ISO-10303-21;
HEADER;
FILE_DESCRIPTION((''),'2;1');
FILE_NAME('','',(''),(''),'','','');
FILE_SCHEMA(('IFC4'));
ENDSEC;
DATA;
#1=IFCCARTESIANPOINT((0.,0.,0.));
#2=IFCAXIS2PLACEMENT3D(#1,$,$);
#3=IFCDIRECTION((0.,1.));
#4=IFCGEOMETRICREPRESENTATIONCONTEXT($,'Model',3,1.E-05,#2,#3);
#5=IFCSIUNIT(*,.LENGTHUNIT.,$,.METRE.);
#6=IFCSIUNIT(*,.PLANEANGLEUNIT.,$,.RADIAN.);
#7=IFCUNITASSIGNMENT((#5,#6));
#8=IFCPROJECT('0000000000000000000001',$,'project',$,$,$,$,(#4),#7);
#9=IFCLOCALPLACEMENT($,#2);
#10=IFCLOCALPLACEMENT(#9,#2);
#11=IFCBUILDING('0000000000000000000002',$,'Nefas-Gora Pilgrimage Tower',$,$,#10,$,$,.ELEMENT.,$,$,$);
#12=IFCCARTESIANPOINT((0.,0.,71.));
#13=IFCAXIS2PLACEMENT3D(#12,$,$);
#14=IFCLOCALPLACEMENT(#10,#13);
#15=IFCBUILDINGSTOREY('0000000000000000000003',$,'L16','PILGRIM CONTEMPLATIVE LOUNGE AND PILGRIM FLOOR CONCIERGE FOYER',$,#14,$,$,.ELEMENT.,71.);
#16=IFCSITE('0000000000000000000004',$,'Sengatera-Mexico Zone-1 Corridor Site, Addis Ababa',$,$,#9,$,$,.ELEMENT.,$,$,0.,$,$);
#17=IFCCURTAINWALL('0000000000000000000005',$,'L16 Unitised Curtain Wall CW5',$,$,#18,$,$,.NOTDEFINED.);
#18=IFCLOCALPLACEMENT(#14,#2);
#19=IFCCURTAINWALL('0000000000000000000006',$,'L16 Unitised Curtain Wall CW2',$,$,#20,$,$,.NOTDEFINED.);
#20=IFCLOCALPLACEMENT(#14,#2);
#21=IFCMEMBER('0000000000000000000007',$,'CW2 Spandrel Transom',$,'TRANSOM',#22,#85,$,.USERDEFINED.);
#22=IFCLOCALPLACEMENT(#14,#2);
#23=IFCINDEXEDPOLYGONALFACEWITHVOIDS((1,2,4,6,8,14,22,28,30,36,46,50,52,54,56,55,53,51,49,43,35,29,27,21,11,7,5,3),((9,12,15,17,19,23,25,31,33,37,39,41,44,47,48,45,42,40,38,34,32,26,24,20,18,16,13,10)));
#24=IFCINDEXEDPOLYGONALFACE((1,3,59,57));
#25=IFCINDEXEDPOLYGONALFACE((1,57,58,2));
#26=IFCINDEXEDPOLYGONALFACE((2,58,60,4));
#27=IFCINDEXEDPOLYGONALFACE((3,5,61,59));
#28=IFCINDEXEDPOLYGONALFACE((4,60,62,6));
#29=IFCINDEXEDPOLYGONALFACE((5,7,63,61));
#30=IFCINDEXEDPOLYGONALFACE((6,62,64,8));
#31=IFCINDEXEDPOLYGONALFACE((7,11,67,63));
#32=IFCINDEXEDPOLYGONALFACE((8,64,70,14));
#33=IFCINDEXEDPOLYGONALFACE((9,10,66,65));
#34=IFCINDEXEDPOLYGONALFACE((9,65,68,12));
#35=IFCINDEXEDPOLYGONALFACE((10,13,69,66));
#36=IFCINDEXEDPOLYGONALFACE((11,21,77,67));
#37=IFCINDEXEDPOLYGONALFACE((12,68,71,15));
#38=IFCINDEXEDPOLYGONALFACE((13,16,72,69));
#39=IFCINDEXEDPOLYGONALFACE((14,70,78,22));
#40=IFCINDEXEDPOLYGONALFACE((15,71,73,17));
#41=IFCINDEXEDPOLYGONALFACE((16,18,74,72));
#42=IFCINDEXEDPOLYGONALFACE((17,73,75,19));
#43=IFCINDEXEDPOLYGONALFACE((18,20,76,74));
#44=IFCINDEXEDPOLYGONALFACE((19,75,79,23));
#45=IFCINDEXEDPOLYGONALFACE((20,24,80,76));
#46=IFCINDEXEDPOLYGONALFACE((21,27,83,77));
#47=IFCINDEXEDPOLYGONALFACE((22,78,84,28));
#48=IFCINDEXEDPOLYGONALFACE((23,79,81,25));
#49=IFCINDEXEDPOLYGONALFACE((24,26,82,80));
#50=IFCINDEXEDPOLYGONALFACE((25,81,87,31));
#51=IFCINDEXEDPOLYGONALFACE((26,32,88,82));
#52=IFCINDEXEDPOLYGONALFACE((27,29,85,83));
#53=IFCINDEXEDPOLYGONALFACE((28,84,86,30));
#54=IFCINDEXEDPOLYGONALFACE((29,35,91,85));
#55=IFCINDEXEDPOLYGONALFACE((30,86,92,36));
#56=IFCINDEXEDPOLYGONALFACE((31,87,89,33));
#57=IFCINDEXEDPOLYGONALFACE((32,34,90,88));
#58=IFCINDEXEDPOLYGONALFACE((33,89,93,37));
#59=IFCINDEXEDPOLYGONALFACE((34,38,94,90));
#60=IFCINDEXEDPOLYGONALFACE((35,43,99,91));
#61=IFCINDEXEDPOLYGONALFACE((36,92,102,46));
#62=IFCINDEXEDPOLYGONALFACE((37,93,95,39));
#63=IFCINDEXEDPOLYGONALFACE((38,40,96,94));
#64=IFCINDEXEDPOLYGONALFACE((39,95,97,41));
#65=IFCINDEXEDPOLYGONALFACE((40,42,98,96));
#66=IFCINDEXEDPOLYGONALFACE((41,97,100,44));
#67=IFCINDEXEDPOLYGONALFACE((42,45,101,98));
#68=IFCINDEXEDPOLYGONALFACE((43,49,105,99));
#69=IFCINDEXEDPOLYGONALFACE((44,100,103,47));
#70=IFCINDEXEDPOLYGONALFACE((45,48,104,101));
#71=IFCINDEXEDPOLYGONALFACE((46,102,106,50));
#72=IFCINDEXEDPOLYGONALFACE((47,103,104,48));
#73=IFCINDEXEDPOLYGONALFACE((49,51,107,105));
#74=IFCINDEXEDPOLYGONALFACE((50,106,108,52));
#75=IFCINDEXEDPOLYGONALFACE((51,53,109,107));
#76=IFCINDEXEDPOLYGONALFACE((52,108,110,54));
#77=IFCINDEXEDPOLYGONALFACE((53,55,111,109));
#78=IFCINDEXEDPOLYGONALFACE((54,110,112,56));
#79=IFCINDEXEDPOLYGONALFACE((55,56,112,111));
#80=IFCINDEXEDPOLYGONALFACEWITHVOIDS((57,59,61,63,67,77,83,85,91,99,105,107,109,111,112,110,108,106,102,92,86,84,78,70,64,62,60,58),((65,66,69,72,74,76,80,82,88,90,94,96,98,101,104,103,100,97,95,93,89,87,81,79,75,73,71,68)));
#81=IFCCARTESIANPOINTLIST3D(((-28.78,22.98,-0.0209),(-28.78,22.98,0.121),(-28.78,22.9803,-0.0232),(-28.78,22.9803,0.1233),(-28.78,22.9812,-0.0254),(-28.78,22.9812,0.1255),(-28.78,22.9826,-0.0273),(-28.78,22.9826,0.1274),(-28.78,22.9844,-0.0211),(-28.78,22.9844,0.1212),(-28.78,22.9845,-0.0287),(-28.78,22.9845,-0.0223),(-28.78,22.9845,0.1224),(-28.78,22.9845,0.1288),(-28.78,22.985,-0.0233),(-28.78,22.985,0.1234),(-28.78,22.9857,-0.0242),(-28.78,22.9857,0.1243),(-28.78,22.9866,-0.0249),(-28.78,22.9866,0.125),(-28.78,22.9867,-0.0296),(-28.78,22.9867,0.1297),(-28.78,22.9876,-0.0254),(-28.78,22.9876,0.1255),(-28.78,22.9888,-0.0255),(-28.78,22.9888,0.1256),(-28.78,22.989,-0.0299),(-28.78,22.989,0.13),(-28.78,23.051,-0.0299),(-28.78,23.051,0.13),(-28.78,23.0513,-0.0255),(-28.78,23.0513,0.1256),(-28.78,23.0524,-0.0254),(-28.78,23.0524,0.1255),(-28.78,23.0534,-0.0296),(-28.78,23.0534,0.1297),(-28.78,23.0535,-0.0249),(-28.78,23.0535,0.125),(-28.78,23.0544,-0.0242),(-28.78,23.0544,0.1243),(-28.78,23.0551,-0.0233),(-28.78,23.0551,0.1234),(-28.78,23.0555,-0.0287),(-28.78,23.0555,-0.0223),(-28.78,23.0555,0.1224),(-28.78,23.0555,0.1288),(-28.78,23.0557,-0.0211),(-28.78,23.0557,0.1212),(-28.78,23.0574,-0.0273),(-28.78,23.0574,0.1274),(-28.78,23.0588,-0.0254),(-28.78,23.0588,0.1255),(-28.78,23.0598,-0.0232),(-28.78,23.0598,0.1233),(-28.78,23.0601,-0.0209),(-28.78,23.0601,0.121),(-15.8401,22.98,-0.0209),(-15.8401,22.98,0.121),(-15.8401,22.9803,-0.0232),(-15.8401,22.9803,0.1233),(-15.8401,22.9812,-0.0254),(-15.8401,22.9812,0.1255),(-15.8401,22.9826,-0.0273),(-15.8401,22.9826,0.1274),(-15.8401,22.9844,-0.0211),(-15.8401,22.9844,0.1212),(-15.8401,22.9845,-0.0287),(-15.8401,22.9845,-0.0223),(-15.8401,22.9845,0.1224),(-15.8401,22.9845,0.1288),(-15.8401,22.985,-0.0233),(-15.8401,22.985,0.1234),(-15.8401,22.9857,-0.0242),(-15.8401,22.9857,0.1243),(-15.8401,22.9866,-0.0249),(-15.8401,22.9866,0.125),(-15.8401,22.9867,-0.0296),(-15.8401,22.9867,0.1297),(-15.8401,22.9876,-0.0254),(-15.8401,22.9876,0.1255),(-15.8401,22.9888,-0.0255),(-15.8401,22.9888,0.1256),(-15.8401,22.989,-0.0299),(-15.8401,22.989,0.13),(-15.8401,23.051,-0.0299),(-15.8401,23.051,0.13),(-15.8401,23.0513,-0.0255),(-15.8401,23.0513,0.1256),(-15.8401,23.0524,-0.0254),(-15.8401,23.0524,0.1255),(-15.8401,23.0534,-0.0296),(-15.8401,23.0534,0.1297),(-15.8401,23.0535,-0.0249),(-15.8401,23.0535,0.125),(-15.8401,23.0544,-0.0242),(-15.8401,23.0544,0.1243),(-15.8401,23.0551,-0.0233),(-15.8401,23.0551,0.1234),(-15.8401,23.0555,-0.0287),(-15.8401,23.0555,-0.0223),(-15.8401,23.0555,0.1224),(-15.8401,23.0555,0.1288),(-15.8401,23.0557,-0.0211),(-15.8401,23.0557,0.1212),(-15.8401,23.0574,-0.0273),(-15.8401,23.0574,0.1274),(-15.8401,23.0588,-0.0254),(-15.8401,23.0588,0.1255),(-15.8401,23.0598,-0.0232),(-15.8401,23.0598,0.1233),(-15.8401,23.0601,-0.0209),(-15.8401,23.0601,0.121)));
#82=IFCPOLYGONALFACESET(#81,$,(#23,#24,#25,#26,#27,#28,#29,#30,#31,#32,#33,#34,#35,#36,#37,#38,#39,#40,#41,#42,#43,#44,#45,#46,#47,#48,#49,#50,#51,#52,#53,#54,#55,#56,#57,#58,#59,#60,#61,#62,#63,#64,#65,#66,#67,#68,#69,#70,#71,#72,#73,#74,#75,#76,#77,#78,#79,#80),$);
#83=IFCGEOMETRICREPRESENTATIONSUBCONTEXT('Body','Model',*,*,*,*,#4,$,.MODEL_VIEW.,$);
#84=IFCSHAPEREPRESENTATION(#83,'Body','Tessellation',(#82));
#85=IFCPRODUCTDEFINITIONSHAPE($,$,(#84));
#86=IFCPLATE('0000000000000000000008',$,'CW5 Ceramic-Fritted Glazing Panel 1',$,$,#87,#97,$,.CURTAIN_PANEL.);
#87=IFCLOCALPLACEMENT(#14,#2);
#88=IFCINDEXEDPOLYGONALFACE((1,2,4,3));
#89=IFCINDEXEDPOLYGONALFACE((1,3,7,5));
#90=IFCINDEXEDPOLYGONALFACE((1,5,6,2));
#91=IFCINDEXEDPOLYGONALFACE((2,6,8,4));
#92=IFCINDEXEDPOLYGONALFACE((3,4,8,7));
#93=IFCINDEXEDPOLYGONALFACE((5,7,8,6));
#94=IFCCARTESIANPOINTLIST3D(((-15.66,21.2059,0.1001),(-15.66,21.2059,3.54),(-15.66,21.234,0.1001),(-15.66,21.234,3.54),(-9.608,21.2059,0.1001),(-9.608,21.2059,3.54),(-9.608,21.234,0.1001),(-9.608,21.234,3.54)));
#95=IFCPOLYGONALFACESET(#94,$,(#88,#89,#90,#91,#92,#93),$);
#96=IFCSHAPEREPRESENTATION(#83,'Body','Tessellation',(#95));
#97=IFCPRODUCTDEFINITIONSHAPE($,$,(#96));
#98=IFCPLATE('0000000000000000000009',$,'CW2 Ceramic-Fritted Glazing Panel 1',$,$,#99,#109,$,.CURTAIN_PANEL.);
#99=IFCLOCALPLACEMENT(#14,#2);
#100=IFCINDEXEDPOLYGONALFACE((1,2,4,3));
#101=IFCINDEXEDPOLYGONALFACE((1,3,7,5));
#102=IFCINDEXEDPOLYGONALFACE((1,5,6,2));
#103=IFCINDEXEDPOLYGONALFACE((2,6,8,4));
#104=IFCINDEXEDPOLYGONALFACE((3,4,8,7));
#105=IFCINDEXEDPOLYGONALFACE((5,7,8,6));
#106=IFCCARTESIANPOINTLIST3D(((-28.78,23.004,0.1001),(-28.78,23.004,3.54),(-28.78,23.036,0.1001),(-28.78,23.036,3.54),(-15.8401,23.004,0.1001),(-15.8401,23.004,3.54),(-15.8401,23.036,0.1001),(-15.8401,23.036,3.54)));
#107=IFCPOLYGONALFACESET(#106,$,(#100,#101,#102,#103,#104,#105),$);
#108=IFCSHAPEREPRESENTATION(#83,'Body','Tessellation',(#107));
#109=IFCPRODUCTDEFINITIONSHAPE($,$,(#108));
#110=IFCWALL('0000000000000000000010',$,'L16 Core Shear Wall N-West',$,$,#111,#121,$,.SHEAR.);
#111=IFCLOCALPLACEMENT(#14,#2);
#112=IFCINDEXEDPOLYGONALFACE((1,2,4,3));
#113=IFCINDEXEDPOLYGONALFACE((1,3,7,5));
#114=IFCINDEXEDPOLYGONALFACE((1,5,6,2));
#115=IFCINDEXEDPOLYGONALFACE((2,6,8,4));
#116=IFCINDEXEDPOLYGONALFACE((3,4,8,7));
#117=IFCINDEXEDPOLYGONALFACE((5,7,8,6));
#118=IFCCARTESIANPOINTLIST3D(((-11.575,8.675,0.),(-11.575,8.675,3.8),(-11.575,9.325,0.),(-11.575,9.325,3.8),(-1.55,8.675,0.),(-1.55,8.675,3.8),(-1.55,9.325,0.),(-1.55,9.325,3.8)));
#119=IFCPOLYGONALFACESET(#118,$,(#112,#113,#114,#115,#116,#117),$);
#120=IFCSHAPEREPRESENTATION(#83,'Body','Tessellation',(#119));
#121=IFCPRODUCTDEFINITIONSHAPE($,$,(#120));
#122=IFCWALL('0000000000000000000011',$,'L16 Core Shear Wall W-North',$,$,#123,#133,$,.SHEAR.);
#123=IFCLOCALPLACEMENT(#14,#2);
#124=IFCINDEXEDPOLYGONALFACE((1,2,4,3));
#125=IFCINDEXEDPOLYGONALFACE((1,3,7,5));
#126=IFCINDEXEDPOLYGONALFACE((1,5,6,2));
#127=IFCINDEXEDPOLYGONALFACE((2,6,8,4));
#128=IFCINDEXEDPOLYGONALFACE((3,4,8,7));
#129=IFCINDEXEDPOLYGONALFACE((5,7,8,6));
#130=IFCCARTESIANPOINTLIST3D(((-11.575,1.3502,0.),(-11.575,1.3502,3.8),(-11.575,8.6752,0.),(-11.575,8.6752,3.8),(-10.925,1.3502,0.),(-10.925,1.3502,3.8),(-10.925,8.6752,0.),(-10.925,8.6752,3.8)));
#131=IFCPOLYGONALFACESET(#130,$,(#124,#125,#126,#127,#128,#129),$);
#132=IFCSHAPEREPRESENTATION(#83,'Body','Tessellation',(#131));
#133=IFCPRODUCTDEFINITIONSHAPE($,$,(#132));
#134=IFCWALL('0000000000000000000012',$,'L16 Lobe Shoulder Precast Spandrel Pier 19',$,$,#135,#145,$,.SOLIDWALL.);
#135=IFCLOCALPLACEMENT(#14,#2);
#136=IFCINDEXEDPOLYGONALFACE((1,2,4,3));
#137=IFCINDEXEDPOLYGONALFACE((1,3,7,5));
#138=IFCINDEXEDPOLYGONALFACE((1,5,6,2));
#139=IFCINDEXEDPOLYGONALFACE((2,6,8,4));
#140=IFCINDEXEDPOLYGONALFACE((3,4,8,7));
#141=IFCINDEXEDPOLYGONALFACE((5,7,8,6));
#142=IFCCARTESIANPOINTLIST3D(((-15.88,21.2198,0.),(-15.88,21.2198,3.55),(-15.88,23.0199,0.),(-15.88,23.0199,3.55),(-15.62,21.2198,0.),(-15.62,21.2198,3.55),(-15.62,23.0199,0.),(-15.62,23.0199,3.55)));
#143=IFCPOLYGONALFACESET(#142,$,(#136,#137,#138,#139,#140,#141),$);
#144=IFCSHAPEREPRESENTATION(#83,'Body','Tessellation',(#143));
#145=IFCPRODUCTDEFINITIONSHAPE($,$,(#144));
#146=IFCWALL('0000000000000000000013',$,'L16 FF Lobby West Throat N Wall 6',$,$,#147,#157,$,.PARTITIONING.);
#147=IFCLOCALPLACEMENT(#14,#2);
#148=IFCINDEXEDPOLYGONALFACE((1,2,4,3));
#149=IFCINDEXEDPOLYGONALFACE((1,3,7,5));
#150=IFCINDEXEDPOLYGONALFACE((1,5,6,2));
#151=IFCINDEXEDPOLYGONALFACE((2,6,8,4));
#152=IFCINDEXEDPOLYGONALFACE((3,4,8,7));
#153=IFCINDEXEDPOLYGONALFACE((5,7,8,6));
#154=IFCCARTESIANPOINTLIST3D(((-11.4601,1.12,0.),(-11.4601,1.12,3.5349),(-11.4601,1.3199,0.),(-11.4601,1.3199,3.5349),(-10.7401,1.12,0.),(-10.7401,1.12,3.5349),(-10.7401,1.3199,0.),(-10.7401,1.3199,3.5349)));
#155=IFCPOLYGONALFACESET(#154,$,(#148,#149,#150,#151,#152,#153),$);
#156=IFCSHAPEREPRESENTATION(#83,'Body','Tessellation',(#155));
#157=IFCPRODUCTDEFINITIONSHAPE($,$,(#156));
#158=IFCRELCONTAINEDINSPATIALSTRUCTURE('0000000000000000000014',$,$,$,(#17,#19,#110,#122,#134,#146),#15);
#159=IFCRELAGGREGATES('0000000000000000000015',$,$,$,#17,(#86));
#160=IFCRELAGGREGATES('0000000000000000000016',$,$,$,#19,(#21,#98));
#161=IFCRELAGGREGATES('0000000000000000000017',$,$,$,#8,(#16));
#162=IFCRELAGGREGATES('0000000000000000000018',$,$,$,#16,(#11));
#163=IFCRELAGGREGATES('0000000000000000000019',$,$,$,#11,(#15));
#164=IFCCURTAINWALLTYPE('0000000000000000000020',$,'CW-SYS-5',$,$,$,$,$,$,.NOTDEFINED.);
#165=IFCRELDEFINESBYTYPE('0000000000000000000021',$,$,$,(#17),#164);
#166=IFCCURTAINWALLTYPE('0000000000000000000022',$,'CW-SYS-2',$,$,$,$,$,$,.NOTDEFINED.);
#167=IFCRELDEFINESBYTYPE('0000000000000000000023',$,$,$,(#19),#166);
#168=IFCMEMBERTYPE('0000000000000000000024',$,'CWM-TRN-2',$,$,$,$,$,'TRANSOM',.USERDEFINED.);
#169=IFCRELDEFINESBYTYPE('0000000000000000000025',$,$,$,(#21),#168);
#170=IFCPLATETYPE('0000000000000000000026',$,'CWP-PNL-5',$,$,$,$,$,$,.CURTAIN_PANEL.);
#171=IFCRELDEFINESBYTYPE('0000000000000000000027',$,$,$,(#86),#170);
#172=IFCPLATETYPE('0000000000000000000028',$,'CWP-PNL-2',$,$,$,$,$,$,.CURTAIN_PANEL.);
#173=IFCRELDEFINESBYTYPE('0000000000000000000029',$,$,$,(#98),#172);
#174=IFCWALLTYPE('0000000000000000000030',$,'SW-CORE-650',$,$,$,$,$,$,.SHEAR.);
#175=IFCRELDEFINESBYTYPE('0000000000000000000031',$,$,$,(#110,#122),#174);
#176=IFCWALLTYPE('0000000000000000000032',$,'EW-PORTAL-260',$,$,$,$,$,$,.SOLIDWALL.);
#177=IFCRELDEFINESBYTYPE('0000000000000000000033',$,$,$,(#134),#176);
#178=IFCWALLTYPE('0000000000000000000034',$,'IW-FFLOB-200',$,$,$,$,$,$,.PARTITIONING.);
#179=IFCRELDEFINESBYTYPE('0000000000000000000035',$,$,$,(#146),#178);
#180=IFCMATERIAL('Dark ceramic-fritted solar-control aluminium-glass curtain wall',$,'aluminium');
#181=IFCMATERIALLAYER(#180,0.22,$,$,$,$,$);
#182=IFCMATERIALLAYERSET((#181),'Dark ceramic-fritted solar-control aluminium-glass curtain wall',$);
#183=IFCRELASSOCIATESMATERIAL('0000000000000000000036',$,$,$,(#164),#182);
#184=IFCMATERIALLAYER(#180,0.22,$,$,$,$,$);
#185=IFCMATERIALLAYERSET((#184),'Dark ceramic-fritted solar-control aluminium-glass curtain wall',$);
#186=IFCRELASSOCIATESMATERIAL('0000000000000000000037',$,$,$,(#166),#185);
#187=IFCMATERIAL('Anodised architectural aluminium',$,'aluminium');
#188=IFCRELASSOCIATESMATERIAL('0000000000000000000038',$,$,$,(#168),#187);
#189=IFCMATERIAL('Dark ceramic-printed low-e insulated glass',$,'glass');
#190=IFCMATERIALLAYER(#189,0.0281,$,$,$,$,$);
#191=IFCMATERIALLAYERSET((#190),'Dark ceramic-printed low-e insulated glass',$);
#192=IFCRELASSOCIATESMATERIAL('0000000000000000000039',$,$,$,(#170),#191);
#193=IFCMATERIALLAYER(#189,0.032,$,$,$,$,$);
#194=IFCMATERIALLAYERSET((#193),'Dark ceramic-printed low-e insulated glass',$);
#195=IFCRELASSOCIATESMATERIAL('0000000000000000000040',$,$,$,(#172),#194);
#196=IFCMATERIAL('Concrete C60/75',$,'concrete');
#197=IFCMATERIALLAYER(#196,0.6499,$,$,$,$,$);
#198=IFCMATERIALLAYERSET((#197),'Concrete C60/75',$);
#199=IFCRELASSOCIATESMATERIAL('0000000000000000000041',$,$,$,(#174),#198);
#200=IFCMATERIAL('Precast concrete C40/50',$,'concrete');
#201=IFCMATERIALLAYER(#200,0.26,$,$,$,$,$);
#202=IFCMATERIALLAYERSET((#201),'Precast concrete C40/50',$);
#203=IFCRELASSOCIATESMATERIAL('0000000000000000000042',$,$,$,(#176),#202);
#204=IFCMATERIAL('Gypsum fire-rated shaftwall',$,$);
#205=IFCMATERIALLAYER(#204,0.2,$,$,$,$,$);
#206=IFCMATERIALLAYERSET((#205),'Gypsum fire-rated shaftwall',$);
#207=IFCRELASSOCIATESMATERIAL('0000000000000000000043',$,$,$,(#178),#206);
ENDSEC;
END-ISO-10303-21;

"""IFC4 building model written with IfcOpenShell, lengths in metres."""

from ifc_helpers import new_model, si_unit, direction, frame, frame_2d, origin, origin_2d, place, context, subcontext, project, spatial, rectangle, hollow_rectangle, extrude, source, transform, mapped, material, layer, layer_set, material_profile, profile_set, type_object, element, aggregate, save


model = new_model("IFC4")

# Units and contexts
model_context = context("Model", 3, precision=1e-05, world=origin(), true_north=direction((0.0, 1.0)))
body_context = subcontext(model_context, "Body", "Model", "MODEL_VIEW")
ifc_project = project(units=[si_unit("LENGTHUNIT", "METRE"), si_unit("PLANEANGLEUNIT", "RADIAN")], contexts=[model_context])

# Site, building, storey
site_placement = place(None, origin())
site = spatial("IfcSite", under=ifc_project, at=site_placement, Name="Sengatera-Mexico Zone-1 Corridor Site, Addis Ababa", CompositionType="ELEMENT", RefElevation=0.0)
building_placement = place(site_placement, origin())
building = spatial("IfcBuilding", under=site, at=building_placement, Name="Nefas-Gora Pilgrimage Tower", CompositionType="ELEMENT")
storey_placement = place(building_placement, frame((0.0, 0.0, 71.0)))
storey = spatial("IfcBuildingStorey", under=building, at=storey_placement, Name="L16", Description="PILGRIM CONTEMPLATIVE LOUNGE AND PILGRIM FLOOR CONCIERGE FOYER", CompositionType="ELEMENT", Elevation=71.0)

# Curtain wall
ifc_material_1 = material(Name="Dark ceramic-fritted solar-control aluminium-glass curtain wall", Category="aluminium")
ifc_layer_1 = layer(ifc_material_1, 0.22)
ifc_layer_set_1 = layer_set([ifc_layer_1], Name="Dark ceramic-fritted solar-control aluminium-glass curtain wall")
curtain_wall_type_1 = type_object("IfcCurtainWallType", Name="CW-SYS-5", PredefinedType="NOTDEFINED", material=ifc_layer_set_1)
curtain_wall_1_placement = place(storey_placement, origin())
curtain_wall_1 = element("IfcCurtainWall", 1, at=curtain_wall_1_placement, inside=storey, type_object=curtain_wall_type_1, Name="L16 Unitised Curtain Wall CW5", PredefinedType="NOTDEFINED")
ifc_material_2 = material(Name="Anodised architectural aluminium", Category="aluminium")

# Curtain wall, member
ifc_layer_2 = layer(ifc_material_1, 0.22)
ifc_layer_set_2 = layer_set([ifc_layer_2], Name="Dark ceramic-fritted solar-control aluminium-glass curtain wall")
curtain_wall_type_2 = type_object("IfcCurtainWallType", Name="CW-SYS-2", PredefinedType="NOTDEFINED", material=ifc_layer_set_2)
curtain_wall_2_placement = place(storey_placement, origin())
curtain_wall_2 = element("IfcCurtainWall", 2, at=curtain_wall_2_placement, inside=storey, type_object=curtain_wall_type_2, Name="L16 Unitised Curtain Wall CW2", PredefinedType="NOTDEFINED")
ifc_material_profile_1 = material_profile(ifc_material_2, hollow_rectangle(XDim=0.0801, YDim=0.1599, WallThickness=0.0044, InnerFilletRadius=0.0044, OuterFilletRadius=0.009, at=origin_2d()), Name="ALU TRANSOM 80x160")
ifc_profile_set_1 = profile_set([ifc_material_profile_1], Name="Anodised architectural aluminium")
member_type_1 = type_object("IfcMemberType", Name="CWM-TRN-2", ElementType="TRANSOM", PredefinedType="USERDEFINED", material=ifc_profile_set_1)
shared_shape_1 = source(origin(), body_context, "Body", "SweptSolid", [
    extrude(hollow_rectangle(XDim=0.0801, YDim=0.1599, WallThickness=0.0044, InnerFilletRadius=0.0044, OuterFilletRadius=0.009, at=origin_2d()), origin(), (0.0, 0.0, 1.0), 12.9399),
])
member_1_placement = place(storey_placement, frame((-15.8401, 23.02, 0.05), z_axis=(-1.0, 0.0, 0.0), x_axis=(0.0, -1.0, 0.0)))
member_1 = element("IfcMember", 3, at=member_1_placement, type_object=member_type_1, Name="CW2 Spandrel Transom", ObjectType="TRANSOM", PredefinedType="USERDEFINED", context=body_context, shape_type="MappedRepresentation", body=[
    mapped(shared_shape_1, transform((0.0, 0.0, 0.0), x_axis=(1.0, 0.0, 0.0), y_axis=(0.0, 1.0, 0.0), z_axis=(0.0, 0.0, 1.0), scale=1.0)),
])

# Plates
ifc_material_3 = material(Name="Dark ceramic-printed low-e insulated glass", Category="glass")
ifc_layer_3 = layer(ifc_material_3, 0.0281)
ifc_layer_set_3 = layer_set([ifc_layer_3], Name="Dark ceramic-printed low-e insulated glass")
plate_type_1 = type_object("IfcPlateType", Name="CWP-PNL-5", PredefinedType="CURTAIN_PANEL", material=ifc_layer_set_3)
shared_shape_2 = source(origin(), body_context, "Body", "SweptSolid", [
    extrude(rectangle(XDim=6.052, YDim=0.0281, at=origin_2d()), origin(), (0.0, 0.0, 1.0), 3.4399),
])
plate_1_placement = place(storey_placement, frame((-12.634, 21.22, 0.1001), z_axis=(0.0, 0.0, 1.0), x_axis=(-1.0, 0.0, 0.0)))
plate_1 = element("IfcPlate", 4, at=plate_1_placement, type_object=plate_type_1, Name="CW5 Ceramic-Fritted Glazing Panel 1", PredefinedType="CURTAIN_PANEL", context=body_context, shape_type="MappedRepresentation", body=[
    mapped(shared_shape_2, transform((0.0, 0.0, 0.0), x_axis=(1.0, 0.0, 0.0), y_axis=(0.0, 1.0, 0.0), z_axis=(0.0, 0.0, 1.0), scale=1.0)),
])
aggregate(curtain_wall_1, [plate_1])
ifc_layer_4 = layer(ifc_material_3, 0.032)
ifc_layer_set_4 = layer_set([ifc_layer_4], Name="Dark ceramic-printed low-e insulated glass")
plate_type_2 = type_object("IfcPlateType", Name="CWP-PNL-2", PredefinedType="CURTAIN_PANEL", material=ifc_layer_set_4)
shared_shape_3 = source(origin(), body_context, "Body", "SweptSolid", [
    extrude(rectangle(XDim=12.9399, YDim=0.032, at=origin_2d()), origin(), (0.0, 0.0, 1.0), 3.4399),
])
plate_2_placement = place(storey_placement, frame((-22.3101, 23.02, 0.1001), z_axis=(0.0, 0.0, 1.0), x_axis=(-1.0, 0.0, 0.0)))
plate_2 = element("IfcPlate", 5, at=plate_2_placement, type_object=plate_type_2, Name="CW2 Ceramic-Fritted Glazing Panel 1", PredefinedType="CURTAIN_PANEL", context=body_context, shape_type="MappedRepresentation", body=[
    mapped(shared_shape_3, transform((0.0, 0.0, 0.0), x_axis=(1.0, 0.0, 0.0), y_axis=(0.0, 1.0, 0.0), z_axis=(0.0, 0.0, 1.0), scale=1.0)),
])
aggregate(curtain_wall_2, [member_1, plate_2])

# Walls
ifc_material_4 = material(Name="Concrete C60/75", Category="concrete")
ifc_layer_5 = layer(ifc_material_4, 0.6499)
ifc_layer_set_5 = layer_set([ifc_layer_5], Name="Concrete C60/75")
wall_type_1 = type_object("IfcWallType", Name="SW-CORE-650", PredefinedType="SHEAR", material=ifc_layer_set_5)
shared_shape_4 = source(origin(), body_context, "Body", "SweptSolid", [
    extrude(rectangle(XDim=10.0249, YDim=0.6499, at=frame_2d((5.0125, 0.0))), origin(), (0.0, 0.0, 1.0), 3.8),
])
wall_1_placement = place(storey_placement, frame((-11.575, 9.0, 0.0), z_axis=(0.0, 0.0, 1.0), x_axis=(1.0, 0.0, 0.0)))
element("IfcWall", 6, at=wall_1_placement, inside=storey, type_object=wall_type_1, Name="L16 Core Shear Wall N-West", PredefinedType="SHEAR", context=body_context, shape_type="MappedRepresentation", body=[
    mapped(shared_shape_4, transform((0.0, 0.0, 0.0), x_axis=(1.0, 0.0, 0.0), y_axis=(0.0, 1.0, 0.0), z_axis=(0.0, 0.0, 1.0), scale=1.0)),
])
shared_shape_5 = source(origin(), body_context, "Body", "SweptSolid", [
    extrude(rectangle(XDim=7.325, YDim=0.6499, at=frame_2d((3.6626, 0.0))), origin(), (0.0, 0.0, 1.0), 3.8),
])
wall_2_placement = place(storey_placement, frame((-11.25, 1.3501, 0.0), z_axis=(0.0, 0.0, 1.0), x_axis=(0.0, 1.0, 0.0)))
element("IfcWall", 7, at=wall_2_placement, inside=storey, type_object=wall_type_1, Name="L16 Core Shear Wall W-North", PredefinedType="SHEAR", context=body_context, shape_type="MappedRepresentation", body=[
    mapped(shared_shape_5, transform((0.0, 0.0, 0.0), x_axis=(1.0, 0.0, 0.0), y_axis=(0.0, 1.0, 0.0), z_axis=(0.0, 0.0, 1.0), scale=1.0)),
])
ifc_material_5 = material(Name="Precast concrete C40/50", Category="concrete")
ifc_layer_6 = layer(ifc_material_5, 0.26)
ifc_layer_set_6 = layer_set([ifc_layer_6], Name="Precast concrete C40/50")
wall_type_2 = type_object("IfcWallType", Name="EW-PORTAL-260", PredefinedType="SOLIDWALL", material=ifc_layer_set_6)
shared_shape_6 = source(origin(), body_context, "Body", "SweptSolid", [
    extrude(rectangle(XDim=1.8, YDim=0.26, at=frame_2d((0.8999, 0.0))), origin(), (0.0, 0.0, 1.0), 3.55),
])
wall_3_placement = place(storey_placement, frame((-15.75, 21.22, 0.0), z_axis=(0.0, 0.0, 1.0), x_axis=(0.0, 1.0, 0.0)))
element("IfcWall", 8, at=wall_3_placement, inside=storey, type_object=wall_type_2, Name="L16 Lobe Shoulder Precast Spandrel Pier 19", PredefinedType="SOLIDWALL", context=body_context, shape_type="MappedRepresentation", body=[
    mapped(shared_shape_6, transform((0.0, 0.0, 0.0), x_axis=(1.0, 0.0, 0.0), y_axis=(0.0, 1.0, 0.0), z_axis=(0.0, 0.0, 1.0), scale=1.0)),
])
ifc_material_6 = material(Name="Gypsum fire-rated shaftwall")
ifc_layer_7 = layer(ifc_material_6, 0.2)
ifc_layer_set_7 = layer_set([ifc_layer_7], Name="Gypsum fire-rated shaftwall")
wall_type_3 = type_object("IfcWallType", Name="IW-FFLOB-200", PredefinedType="PARTITIONING", material=ifc_layer_set_7)
shared_shape_7 = source(origin(), body_context, "Body", "SweptSolid", [
    extrude(rectangle(XDim=0.72, YDim=0.2, at=frame_2d((0.3599, 0.0))), origin(), (0.0, 0.0, 1.0), 3.5349),
])
wall_4_placement = place(storey_placement, frame((-11.46, 1.22, 0.0), z_axis=(0.0, 0.0, 1.0), x_axis=(1.0, 0.0, 0.0)))
element("IfcWall", 9, at=wall_4_placement, inside=storey, type_object=wall_type_3, Name="L16 FF Lobby West Throat N Wall 6", PredefinedType="PARTITIONING", context=body_context, shape_type="MappedRepresentation", body=[
    mapped(shared_shape_7, transform((0.0, 0.0, 0.0), x_axis=(1.0, 0.0, 0.0), y_axis=(0.0, 1.0, 0.0), z_axis=(0.0, 0.0, 1.0), scale=1.0)),
])

save(model, "model.ifc")
